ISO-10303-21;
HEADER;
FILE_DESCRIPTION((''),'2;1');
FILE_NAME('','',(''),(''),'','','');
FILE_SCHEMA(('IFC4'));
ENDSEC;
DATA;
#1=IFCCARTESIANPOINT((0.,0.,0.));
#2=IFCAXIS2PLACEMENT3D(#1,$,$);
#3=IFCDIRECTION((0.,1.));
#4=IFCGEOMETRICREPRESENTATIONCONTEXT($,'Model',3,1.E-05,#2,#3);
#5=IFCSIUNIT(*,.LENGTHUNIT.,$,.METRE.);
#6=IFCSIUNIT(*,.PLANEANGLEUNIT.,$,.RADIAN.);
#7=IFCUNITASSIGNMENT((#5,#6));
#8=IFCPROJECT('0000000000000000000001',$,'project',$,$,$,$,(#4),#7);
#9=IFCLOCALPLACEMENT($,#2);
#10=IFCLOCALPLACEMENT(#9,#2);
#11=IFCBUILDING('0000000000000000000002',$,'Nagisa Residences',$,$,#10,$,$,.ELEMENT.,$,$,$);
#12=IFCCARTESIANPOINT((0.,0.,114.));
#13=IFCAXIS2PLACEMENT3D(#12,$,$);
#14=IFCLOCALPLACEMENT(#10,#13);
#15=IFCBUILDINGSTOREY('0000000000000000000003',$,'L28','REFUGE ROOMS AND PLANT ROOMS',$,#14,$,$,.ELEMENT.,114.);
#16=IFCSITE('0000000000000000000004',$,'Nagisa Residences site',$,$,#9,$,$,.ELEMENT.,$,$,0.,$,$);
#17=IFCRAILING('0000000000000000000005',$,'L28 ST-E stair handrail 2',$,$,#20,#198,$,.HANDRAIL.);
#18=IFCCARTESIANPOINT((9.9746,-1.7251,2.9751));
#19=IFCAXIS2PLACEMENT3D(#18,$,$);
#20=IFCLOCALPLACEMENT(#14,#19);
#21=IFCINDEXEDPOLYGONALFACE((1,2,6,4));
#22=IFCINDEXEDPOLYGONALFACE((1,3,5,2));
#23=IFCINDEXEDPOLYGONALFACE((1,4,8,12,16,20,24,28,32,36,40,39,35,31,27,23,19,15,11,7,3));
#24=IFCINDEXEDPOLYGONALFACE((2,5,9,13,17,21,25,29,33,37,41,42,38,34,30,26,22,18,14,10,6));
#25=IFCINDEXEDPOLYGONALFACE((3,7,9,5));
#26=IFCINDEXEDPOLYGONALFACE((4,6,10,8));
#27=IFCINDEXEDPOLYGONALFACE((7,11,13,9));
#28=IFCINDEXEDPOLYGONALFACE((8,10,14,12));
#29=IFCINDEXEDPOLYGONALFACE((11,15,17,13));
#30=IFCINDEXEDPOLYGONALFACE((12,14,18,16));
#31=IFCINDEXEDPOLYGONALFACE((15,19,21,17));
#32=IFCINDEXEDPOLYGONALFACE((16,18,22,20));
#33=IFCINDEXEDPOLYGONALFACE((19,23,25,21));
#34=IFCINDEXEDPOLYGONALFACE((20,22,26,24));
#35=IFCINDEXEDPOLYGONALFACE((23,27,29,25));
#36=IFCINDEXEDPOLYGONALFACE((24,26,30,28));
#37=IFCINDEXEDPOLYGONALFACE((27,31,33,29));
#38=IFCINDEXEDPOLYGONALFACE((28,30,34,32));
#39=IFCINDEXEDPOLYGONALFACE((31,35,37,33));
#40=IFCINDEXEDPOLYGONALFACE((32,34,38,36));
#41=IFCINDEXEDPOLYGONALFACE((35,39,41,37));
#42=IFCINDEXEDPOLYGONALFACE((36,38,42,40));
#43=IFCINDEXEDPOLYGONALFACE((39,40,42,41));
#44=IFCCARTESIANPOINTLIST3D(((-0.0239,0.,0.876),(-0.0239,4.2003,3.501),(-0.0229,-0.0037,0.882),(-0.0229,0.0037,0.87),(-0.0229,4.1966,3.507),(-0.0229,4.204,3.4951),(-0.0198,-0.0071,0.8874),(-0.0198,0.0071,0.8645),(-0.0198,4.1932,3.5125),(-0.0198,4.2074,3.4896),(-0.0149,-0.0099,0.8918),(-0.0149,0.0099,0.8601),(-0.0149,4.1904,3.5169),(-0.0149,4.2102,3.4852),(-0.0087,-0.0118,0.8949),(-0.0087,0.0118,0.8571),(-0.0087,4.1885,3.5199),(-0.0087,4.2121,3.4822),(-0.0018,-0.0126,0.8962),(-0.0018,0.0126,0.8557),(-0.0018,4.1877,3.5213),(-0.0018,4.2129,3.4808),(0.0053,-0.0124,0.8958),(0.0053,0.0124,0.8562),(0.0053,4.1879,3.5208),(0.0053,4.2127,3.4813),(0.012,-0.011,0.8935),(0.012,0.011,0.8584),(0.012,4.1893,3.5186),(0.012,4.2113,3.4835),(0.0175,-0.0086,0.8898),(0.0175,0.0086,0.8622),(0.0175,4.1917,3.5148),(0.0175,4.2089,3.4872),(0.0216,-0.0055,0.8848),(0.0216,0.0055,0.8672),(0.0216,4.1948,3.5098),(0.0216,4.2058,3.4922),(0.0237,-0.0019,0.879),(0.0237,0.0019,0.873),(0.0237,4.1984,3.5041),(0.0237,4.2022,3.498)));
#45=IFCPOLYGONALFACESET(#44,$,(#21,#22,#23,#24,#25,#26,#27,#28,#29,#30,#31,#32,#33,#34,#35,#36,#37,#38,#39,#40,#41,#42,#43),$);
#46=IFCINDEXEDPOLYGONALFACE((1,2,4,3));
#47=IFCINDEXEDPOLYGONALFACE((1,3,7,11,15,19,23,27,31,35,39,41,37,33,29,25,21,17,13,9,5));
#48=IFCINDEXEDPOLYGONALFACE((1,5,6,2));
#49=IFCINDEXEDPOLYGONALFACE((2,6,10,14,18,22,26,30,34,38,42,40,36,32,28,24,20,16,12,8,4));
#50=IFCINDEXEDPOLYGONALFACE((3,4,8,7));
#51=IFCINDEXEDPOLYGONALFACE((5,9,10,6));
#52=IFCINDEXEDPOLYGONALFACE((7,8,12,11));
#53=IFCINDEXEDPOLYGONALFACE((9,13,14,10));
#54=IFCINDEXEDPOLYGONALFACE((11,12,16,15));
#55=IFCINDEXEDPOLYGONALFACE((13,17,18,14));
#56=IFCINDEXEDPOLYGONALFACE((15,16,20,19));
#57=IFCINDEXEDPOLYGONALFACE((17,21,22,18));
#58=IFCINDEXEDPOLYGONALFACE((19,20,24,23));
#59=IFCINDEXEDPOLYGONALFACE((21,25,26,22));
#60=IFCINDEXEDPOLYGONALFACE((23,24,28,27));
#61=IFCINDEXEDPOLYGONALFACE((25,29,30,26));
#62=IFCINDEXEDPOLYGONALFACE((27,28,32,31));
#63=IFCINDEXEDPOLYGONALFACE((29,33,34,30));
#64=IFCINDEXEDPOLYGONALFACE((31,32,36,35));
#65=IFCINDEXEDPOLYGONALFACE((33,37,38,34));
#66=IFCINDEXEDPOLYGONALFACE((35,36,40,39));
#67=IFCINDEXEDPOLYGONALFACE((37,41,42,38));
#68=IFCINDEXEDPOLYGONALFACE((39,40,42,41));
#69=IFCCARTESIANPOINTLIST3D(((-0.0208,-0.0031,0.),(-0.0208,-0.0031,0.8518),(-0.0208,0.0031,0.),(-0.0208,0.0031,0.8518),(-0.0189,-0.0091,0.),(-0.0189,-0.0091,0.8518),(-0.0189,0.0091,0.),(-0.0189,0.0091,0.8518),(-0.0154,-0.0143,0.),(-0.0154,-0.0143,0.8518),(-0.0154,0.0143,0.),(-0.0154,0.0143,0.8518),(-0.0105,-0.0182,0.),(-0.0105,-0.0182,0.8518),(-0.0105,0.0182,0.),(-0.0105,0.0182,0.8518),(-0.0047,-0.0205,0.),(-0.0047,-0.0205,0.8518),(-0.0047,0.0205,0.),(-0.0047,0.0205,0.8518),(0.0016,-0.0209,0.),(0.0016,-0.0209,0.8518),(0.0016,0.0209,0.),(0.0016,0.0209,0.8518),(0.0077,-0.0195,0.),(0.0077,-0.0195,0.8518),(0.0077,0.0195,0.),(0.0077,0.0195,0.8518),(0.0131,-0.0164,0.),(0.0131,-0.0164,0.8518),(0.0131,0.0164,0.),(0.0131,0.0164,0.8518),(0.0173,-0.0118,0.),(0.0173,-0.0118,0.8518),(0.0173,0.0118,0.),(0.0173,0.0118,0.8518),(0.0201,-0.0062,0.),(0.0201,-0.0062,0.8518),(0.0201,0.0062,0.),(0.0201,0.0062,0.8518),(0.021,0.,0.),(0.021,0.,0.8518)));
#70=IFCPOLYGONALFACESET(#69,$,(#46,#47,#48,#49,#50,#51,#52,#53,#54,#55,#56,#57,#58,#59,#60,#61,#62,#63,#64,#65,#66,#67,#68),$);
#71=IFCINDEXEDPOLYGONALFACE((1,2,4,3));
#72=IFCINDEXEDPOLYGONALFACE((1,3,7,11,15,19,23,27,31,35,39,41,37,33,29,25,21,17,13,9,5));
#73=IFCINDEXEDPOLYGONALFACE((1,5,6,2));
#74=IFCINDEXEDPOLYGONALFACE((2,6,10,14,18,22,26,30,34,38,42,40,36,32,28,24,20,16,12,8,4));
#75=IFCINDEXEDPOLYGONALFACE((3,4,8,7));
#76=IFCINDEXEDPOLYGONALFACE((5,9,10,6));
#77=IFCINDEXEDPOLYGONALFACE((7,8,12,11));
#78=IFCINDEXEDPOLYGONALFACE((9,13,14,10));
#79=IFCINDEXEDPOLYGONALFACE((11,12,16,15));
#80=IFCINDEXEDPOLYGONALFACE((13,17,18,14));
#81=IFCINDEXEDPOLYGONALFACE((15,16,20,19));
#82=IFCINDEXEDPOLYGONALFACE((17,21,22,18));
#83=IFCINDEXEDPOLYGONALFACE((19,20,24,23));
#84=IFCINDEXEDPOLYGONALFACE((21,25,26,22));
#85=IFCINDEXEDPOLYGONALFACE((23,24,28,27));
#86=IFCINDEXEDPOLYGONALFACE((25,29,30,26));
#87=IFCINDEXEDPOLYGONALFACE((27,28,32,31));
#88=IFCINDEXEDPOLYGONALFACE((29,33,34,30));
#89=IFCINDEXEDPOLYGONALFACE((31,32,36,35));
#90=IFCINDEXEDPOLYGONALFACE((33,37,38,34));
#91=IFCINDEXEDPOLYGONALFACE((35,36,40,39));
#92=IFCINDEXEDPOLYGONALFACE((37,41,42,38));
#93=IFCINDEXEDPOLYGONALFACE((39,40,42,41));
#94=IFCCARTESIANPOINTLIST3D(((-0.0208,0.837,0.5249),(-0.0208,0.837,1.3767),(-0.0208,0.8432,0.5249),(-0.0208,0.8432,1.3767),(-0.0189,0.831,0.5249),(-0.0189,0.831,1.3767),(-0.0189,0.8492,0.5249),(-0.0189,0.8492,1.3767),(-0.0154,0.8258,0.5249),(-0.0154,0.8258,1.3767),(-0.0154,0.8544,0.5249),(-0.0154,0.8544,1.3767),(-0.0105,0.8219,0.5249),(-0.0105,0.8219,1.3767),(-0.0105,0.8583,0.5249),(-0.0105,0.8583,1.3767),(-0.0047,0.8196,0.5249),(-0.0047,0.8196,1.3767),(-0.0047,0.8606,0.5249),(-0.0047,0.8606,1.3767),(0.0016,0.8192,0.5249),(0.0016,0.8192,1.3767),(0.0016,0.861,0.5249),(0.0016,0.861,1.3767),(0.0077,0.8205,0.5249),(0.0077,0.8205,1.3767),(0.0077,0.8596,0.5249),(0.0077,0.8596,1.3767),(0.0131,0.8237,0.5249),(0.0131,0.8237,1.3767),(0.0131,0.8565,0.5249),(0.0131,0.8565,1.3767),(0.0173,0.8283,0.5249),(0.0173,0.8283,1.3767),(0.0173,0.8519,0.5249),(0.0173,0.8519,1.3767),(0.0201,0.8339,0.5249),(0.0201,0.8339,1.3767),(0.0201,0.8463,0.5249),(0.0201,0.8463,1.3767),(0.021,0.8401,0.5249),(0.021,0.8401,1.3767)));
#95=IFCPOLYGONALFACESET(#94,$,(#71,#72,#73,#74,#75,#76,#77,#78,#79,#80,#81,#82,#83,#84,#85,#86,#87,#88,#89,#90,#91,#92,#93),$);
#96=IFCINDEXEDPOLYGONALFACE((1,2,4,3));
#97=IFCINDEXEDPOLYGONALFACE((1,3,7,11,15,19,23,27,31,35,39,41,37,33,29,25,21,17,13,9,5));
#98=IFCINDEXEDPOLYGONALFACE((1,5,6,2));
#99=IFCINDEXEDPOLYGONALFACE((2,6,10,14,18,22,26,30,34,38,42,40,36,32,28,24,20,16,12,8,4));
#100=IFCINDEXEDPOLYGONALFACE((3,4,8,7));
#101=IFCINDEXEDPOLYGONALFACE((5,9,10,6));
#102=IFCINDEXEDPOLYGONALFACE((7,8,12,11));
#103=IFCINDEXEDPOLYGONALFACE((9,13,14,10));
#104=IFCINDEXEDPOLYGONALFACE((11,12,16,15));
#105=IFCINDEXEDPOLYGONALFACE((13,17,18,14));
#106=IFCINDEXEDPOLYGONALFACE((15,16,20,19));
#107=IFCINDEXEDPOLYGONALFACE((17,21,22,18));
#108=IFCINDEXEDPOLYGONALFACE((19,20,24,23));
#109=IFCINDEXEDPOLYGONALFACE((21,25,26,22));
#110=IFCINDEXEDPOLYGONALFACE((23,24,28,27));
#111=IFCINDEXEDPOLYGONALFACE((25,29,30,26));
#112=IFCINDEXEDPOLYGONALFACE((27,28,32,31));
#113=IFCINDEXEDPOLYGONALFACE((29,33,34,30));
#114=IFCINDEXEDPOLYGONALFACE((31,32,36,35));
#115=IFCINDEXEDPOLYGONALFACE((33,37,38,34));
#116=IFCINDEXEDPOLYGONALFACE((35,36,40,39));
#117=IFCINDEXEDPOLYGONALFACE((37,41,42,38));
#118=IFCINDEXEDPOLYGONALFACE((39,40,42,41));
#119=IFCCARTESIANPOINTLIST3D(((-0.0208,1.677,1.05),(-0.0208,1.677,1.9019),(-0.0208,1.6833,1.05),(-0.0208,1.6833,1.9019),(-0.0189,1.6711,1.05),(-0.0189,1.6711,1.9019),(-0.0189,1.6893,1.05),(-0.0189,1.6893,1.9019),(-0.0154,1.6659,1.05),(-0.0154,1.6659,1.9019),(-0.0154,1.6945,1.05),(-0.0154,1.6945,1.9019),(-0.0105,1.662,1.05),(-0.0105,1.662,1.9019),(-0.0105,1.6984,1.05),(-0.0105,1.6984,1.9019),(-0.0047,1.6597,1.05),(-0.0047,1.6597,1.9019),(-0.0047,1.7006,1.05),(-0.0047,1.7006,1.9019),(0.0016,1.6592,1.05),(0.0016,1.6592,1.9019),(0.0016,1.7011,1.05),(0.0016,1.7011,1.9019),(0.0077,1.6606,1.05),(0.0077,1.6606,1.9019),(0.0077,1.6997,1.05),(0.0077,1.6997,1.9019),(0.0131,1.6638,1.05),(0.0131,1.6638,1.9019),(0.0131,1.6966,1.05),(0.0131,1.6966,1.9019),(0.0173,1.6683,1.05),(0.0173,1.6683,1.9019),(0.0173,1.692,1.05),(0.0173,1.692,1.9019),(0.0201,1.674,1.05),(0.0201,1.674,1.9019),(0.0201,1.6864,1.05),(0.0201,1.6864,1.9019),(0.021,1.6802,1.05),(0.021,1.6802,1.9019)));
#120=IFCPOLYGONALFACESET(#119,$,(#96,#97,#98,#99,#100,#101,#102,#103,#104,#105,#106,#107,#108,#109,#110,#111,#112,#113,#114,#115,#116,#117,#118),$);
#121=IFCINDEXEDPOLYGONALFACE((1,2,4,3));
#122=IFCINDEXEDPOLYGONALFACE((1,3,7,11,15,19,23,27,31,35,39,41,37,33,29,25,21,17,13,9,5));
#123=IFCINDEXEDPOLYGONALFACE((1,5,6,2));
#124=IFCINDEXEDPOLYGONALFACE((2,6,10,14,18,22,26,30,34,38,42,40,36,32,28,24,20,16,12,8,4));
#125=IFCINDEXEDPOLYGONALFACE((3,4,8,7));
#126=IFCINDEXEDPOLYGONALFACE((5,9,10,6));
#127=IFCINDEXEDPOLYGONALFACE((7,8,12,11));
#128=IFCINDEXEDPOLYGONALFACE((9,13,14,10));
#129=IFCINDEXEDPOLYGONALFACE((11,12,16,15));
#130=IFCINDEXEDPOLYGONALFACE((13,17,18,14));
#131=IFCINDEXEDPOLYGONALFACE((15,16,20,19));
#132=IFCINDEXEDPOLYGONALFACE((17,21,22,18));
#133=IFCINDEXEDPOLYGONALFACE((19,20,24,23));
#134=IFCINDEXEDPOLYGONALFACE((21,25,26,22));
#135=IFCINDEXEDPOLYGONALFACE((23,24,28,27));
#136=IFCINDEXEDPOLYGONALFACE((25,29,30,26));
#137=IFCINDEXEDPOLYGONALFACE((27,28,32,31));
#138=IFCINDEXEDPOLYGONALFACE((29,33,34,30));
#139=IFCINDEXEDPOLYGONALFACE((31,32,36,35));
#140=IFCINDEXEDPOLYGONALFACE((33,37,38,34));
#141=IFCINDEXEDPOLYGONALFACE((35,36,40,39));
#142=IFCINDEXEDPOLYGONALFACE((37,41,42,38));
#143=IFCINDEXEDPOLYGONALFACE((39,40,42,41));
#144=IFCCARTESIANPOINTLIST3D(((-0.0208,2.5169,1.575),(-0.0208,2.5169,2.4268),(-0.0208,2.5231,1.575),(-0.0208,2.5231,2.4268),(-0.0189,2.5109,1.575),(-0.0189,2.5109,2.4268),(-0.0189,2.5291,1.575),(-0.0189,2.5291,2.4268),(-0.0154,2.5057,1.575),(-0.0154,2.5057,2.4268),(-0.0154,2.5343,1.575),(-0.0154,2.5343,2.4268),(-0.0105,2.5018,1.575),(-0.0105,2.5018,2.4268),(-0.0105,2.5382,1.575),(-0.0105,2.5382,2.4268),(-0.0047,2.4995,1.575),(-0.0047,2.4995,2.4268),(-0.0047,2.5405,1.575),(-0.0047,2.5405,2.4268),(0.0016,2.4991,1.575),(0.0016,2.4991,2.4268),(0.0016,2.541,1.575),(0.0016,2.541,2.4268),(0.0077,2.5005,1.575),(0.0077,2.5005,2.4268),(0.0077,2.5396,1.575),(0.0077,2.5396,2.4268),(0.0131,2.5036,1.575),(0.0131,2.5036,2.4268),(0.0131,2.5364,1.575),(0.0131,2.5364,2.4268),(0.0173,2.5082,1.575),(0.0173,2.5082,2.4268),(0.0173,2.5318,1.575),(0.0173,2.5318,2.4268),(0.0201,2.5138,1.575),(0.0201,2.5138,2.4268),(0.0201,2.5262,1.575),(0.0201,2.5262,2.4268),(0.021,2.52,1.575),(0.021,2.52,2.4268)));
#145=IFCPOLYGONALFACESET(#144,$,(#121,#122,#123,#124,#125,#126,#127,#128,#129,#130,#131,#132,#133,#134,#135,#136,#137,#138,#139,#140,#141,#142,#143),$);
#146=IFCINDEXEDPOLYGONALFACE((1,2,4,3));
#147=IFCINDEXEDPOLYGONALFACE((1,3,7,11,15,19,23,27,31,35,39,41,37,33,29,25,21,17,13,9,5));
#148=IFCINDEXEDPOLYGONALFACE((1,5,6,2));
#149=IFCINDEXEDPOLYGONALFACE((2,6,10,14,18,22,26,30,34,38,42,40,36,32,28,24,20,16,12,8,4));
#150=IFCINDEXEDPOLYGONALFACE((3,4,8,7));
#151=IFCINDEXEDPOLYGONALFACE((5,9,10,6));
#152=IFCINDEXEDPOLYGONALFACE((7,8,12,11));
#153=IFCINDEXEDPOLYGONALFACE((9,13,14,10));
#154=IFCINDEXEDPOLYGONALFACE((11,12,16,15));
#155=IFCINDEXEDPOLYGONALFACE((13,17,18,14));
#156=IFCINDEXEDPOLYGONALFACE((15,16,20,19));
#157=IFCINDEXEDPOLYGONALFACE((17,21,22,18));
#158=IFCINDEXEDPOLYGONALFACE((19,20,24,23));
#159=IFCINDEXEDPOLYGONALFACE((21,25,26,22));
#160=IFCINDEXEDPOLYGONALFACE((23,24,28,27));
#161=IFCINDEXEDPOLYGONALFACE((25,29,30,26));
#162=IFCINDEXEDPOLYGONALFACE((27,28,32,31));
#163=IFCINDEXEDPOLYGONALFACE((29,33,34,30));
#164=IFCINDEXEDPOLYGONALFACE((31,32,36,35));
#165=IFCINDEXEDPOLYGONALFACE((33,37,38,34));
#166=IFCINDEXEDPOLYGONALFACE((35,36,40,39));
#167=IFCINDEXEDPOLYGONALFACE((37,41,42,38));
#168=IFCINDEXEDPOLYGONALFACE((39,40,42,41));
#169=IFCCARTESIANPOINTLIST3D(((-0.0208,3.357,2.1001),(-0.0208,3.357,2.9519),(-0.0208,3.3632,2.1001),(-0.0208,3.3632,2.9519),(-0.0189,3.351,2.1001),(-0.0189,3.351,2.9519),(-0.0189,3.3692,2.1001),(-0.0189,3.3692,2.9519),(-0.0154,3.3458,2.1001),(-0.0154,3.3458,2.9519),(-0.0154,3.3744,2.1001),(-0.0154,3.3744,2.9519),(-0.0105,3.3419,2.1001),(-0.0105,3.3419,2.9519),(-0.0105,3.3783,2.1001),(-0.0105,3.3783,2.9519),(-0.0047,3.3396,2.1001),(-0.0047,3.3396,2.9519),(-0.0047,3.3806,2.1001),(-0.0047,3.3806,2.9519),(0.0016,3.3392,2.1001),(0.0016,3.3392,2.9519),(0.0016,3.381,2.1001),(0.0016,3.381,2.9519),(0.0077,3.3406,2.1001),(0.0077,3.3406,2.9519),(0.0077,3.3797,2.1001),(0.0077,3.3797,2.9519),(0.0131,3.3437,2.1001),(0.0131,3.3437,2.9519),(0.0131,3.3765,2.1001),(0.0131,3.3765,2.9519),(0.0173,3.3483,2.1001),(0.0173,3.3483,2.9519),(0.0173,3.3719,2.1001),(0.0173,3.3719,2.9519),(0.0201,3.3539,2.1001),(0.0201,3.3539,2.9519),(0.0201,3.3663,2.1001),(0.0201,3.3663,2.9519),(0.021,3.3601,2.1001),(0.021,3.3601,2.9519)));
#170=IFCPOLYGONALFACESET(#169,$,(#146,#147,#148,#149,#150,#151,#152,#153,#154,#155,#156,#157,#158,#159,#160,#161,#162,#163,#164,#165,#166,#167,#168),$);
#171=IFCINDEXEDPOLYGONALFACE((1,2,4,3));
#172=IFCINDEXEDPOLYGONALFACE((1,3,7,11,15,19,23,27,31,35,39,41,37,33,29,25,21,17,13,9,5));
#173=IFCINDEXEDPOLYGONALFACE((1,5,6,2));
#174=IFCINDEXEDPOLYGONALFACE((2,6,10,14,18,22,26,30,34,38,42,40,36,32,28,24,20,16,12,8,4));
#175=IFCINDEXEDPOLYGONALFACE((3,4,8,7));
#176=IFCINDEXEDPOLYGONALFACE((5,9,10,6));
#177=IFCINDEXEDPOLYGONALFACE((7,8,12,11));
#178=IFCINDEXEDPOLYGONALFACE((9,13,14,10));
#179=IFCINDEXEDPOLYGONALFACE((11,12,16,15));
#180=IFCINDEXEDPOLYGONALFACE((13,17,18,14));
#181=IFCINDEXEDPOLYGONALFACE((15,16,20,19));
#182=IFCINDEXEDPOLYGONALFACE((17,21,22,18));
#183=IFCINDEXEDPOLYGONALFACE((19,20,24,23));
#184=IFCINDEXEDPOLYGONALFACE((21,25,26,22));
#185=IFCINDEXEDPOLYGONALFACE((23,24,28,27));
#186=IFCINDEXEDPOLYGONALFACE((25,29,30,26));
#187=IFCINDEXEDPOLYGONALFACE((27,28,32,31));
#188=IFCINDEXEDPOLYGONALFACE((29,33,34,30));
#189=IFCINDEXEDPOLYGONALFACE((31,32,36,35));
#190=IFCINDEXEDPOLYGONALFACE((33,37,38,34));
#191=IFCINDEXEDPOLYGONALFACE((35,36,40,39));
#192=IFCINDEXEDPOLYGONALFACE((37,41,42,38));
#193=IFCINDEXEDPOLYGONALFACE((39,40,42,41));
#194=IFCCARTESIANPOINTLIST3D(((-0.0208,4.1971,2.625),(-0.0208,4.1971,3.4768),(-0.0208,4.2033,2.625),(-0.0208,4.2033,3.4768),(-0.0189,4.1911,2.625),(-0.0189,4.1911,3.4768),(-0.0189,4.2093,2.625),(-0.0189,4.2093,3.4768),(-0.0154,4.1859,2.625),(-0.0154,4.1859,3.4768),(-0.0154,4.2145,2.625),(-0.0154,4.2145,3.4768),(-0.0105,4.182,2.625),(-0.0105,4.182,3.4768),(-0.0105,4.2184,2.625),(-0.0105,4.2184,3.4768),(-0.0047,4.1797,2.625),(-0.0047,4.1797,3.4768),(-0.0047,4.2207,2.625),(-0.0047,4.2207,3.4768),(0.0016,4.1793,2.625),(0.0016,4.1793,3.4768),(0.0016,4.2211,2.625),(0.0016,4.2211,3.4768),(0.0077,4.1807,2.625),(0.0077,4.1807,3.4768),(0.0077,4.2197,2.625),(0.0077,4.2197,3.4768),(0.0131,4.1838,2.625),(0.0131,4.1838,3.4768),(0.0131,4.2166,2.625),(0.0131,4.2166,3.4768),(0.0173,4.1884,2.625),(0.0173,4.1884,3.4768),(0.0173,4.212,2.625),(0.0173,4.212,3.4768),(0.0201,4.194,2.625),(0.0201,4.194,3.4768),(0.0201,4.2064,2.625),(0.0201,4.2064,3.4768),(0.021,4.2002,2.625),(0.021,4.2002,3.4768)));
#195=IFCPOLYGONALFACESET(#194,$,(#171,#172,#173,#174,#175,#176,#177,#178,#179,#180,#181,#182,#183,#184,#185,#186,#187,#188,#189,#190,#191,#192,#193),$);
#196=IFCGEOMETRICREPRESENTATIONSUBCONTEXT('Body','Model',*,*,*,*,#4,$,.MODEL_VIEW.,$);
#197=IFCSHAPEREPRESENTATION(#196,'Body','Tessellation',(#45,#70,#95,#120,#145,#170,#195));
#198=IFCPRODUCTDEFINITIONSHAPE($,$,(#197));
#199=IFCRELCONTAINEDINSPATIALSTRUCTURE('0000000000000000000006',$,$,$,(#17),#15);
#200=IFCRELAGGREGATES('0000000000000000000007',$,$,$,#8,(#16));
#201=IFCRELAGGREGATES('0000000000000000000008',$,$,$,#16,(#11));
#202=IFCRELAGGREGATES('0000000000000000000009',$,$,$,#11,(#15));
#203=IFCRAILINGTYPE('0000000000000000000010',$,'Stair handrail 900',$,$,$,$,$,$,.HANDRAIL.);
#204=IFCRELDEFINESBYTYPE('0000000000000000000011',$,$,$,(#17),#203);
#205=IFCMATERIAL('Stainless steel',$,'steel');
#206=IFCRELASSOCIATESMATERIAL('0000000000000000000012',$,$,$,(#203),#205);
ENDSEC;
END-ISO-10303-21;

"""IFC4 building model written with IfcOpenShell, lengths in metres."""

from ifc_helpers import new_model, si_unit, direction, frame, origin, origin_2d, place, context, subcontext, project, spatial, circle, extrude, material, type_object, element, save


model = new_model("IFC4")

# Units and contexts
model_context = context("Model", 3, precision=1e-05, world=origin(), true_north=direction((0.0, 1.0)))
body_context = subcontext(model_context, "Body", "Model", "MODEL_VIEW")
ifc_project = project(units=[si_unit("LENGTHUNIT", "METRE"), si_unit("PLANEANGLEUNIT", "RADIAN")], contexts=[model_context])

# Site, building, storey
site_placement = place(None, origin())
site = spatial("IfcSite", under=ifc_project, at=site_placement, Name="Nagisa Residences site", CompositionType="ELEMENT", RefElevation=0.0)
building_placement = place(site_placement, origin())
building = spatial("IfcBuilding", under=site, at=building_placement, Name="Nagisa Residences", CompositionType="ELEMENT")
storey_placement = place(building_placement, frame((0.0, 0.0, 114.0)))
storey = spatial("IfcBuildingStorey", under=building, at=storey_placement, Name="L28", Description="REFUGE ROOMS AND PLANT ROOMS", CompositionType="ELEMENT", Elevation=114.0)

# Railing
ifc_material_1 = material(Name="Stainless steel", Category="steel")
railing_type = type_object("IfcRailingType", Name="Stair handrail 900", PredefinedType="HANDRAIL", material=ifc_material_1)
railing_1_placement = place(storey_placement, frame((9.9746, -1.7251, 2.9751)))
element("IfcRailing", 1, at=railing_1_placement, inside=storey, type_object=railing_type, Name="L28 ST-E stair handrail 2", PredefinedType="HANDRAIL", context=body_context, shape_type="SweptSolid", body=[
    extrude(circle(Radius=0.0239, at=origin_2d()), frame((0.0, 0.0, 0.876), z_axis=(0.0, 0.848009, 0.529981), x_axis=(-1.0, 0.0, 0.0)), (0.0, 0.0, 1.0), 4.9531),
    extrude(circle(Radius=0.021, at=origin_2d()), origin(), (0.0, 0.0, 1.0), 0.8518),
    extrude(circle(Radius=0.021, at=origin_2d()), frame((0.0, 0.8401, 0.5249)), (0.0, 0.0, 1.0), 0.8518),
    extrude(circle(Radius=0.021, at=origin_2d()), frame((0.0, 1.6802, 1.05)), (0.0, 0.0, 1.0), 0.8518),
    extrude(circle(Radius=0.021, at=origin_2d()), frame((0.0, 2.52, 1.575)), (0.0, 0.0, 1.0), 0.8518),
    extrude(circle(Radius=0.021, at=origin_2d()), frame((0.0, 3.3601, 2.1001)), (0.0, 0.0, 1.0), 0.8518),
    extrude(circle(Radius=0.021, at=origin_2d()), frame((0.0, 4.2002, 2.625)), (0.0, 0.0, 1.0), 0.8518),
])

save(model, "model.ifc")
